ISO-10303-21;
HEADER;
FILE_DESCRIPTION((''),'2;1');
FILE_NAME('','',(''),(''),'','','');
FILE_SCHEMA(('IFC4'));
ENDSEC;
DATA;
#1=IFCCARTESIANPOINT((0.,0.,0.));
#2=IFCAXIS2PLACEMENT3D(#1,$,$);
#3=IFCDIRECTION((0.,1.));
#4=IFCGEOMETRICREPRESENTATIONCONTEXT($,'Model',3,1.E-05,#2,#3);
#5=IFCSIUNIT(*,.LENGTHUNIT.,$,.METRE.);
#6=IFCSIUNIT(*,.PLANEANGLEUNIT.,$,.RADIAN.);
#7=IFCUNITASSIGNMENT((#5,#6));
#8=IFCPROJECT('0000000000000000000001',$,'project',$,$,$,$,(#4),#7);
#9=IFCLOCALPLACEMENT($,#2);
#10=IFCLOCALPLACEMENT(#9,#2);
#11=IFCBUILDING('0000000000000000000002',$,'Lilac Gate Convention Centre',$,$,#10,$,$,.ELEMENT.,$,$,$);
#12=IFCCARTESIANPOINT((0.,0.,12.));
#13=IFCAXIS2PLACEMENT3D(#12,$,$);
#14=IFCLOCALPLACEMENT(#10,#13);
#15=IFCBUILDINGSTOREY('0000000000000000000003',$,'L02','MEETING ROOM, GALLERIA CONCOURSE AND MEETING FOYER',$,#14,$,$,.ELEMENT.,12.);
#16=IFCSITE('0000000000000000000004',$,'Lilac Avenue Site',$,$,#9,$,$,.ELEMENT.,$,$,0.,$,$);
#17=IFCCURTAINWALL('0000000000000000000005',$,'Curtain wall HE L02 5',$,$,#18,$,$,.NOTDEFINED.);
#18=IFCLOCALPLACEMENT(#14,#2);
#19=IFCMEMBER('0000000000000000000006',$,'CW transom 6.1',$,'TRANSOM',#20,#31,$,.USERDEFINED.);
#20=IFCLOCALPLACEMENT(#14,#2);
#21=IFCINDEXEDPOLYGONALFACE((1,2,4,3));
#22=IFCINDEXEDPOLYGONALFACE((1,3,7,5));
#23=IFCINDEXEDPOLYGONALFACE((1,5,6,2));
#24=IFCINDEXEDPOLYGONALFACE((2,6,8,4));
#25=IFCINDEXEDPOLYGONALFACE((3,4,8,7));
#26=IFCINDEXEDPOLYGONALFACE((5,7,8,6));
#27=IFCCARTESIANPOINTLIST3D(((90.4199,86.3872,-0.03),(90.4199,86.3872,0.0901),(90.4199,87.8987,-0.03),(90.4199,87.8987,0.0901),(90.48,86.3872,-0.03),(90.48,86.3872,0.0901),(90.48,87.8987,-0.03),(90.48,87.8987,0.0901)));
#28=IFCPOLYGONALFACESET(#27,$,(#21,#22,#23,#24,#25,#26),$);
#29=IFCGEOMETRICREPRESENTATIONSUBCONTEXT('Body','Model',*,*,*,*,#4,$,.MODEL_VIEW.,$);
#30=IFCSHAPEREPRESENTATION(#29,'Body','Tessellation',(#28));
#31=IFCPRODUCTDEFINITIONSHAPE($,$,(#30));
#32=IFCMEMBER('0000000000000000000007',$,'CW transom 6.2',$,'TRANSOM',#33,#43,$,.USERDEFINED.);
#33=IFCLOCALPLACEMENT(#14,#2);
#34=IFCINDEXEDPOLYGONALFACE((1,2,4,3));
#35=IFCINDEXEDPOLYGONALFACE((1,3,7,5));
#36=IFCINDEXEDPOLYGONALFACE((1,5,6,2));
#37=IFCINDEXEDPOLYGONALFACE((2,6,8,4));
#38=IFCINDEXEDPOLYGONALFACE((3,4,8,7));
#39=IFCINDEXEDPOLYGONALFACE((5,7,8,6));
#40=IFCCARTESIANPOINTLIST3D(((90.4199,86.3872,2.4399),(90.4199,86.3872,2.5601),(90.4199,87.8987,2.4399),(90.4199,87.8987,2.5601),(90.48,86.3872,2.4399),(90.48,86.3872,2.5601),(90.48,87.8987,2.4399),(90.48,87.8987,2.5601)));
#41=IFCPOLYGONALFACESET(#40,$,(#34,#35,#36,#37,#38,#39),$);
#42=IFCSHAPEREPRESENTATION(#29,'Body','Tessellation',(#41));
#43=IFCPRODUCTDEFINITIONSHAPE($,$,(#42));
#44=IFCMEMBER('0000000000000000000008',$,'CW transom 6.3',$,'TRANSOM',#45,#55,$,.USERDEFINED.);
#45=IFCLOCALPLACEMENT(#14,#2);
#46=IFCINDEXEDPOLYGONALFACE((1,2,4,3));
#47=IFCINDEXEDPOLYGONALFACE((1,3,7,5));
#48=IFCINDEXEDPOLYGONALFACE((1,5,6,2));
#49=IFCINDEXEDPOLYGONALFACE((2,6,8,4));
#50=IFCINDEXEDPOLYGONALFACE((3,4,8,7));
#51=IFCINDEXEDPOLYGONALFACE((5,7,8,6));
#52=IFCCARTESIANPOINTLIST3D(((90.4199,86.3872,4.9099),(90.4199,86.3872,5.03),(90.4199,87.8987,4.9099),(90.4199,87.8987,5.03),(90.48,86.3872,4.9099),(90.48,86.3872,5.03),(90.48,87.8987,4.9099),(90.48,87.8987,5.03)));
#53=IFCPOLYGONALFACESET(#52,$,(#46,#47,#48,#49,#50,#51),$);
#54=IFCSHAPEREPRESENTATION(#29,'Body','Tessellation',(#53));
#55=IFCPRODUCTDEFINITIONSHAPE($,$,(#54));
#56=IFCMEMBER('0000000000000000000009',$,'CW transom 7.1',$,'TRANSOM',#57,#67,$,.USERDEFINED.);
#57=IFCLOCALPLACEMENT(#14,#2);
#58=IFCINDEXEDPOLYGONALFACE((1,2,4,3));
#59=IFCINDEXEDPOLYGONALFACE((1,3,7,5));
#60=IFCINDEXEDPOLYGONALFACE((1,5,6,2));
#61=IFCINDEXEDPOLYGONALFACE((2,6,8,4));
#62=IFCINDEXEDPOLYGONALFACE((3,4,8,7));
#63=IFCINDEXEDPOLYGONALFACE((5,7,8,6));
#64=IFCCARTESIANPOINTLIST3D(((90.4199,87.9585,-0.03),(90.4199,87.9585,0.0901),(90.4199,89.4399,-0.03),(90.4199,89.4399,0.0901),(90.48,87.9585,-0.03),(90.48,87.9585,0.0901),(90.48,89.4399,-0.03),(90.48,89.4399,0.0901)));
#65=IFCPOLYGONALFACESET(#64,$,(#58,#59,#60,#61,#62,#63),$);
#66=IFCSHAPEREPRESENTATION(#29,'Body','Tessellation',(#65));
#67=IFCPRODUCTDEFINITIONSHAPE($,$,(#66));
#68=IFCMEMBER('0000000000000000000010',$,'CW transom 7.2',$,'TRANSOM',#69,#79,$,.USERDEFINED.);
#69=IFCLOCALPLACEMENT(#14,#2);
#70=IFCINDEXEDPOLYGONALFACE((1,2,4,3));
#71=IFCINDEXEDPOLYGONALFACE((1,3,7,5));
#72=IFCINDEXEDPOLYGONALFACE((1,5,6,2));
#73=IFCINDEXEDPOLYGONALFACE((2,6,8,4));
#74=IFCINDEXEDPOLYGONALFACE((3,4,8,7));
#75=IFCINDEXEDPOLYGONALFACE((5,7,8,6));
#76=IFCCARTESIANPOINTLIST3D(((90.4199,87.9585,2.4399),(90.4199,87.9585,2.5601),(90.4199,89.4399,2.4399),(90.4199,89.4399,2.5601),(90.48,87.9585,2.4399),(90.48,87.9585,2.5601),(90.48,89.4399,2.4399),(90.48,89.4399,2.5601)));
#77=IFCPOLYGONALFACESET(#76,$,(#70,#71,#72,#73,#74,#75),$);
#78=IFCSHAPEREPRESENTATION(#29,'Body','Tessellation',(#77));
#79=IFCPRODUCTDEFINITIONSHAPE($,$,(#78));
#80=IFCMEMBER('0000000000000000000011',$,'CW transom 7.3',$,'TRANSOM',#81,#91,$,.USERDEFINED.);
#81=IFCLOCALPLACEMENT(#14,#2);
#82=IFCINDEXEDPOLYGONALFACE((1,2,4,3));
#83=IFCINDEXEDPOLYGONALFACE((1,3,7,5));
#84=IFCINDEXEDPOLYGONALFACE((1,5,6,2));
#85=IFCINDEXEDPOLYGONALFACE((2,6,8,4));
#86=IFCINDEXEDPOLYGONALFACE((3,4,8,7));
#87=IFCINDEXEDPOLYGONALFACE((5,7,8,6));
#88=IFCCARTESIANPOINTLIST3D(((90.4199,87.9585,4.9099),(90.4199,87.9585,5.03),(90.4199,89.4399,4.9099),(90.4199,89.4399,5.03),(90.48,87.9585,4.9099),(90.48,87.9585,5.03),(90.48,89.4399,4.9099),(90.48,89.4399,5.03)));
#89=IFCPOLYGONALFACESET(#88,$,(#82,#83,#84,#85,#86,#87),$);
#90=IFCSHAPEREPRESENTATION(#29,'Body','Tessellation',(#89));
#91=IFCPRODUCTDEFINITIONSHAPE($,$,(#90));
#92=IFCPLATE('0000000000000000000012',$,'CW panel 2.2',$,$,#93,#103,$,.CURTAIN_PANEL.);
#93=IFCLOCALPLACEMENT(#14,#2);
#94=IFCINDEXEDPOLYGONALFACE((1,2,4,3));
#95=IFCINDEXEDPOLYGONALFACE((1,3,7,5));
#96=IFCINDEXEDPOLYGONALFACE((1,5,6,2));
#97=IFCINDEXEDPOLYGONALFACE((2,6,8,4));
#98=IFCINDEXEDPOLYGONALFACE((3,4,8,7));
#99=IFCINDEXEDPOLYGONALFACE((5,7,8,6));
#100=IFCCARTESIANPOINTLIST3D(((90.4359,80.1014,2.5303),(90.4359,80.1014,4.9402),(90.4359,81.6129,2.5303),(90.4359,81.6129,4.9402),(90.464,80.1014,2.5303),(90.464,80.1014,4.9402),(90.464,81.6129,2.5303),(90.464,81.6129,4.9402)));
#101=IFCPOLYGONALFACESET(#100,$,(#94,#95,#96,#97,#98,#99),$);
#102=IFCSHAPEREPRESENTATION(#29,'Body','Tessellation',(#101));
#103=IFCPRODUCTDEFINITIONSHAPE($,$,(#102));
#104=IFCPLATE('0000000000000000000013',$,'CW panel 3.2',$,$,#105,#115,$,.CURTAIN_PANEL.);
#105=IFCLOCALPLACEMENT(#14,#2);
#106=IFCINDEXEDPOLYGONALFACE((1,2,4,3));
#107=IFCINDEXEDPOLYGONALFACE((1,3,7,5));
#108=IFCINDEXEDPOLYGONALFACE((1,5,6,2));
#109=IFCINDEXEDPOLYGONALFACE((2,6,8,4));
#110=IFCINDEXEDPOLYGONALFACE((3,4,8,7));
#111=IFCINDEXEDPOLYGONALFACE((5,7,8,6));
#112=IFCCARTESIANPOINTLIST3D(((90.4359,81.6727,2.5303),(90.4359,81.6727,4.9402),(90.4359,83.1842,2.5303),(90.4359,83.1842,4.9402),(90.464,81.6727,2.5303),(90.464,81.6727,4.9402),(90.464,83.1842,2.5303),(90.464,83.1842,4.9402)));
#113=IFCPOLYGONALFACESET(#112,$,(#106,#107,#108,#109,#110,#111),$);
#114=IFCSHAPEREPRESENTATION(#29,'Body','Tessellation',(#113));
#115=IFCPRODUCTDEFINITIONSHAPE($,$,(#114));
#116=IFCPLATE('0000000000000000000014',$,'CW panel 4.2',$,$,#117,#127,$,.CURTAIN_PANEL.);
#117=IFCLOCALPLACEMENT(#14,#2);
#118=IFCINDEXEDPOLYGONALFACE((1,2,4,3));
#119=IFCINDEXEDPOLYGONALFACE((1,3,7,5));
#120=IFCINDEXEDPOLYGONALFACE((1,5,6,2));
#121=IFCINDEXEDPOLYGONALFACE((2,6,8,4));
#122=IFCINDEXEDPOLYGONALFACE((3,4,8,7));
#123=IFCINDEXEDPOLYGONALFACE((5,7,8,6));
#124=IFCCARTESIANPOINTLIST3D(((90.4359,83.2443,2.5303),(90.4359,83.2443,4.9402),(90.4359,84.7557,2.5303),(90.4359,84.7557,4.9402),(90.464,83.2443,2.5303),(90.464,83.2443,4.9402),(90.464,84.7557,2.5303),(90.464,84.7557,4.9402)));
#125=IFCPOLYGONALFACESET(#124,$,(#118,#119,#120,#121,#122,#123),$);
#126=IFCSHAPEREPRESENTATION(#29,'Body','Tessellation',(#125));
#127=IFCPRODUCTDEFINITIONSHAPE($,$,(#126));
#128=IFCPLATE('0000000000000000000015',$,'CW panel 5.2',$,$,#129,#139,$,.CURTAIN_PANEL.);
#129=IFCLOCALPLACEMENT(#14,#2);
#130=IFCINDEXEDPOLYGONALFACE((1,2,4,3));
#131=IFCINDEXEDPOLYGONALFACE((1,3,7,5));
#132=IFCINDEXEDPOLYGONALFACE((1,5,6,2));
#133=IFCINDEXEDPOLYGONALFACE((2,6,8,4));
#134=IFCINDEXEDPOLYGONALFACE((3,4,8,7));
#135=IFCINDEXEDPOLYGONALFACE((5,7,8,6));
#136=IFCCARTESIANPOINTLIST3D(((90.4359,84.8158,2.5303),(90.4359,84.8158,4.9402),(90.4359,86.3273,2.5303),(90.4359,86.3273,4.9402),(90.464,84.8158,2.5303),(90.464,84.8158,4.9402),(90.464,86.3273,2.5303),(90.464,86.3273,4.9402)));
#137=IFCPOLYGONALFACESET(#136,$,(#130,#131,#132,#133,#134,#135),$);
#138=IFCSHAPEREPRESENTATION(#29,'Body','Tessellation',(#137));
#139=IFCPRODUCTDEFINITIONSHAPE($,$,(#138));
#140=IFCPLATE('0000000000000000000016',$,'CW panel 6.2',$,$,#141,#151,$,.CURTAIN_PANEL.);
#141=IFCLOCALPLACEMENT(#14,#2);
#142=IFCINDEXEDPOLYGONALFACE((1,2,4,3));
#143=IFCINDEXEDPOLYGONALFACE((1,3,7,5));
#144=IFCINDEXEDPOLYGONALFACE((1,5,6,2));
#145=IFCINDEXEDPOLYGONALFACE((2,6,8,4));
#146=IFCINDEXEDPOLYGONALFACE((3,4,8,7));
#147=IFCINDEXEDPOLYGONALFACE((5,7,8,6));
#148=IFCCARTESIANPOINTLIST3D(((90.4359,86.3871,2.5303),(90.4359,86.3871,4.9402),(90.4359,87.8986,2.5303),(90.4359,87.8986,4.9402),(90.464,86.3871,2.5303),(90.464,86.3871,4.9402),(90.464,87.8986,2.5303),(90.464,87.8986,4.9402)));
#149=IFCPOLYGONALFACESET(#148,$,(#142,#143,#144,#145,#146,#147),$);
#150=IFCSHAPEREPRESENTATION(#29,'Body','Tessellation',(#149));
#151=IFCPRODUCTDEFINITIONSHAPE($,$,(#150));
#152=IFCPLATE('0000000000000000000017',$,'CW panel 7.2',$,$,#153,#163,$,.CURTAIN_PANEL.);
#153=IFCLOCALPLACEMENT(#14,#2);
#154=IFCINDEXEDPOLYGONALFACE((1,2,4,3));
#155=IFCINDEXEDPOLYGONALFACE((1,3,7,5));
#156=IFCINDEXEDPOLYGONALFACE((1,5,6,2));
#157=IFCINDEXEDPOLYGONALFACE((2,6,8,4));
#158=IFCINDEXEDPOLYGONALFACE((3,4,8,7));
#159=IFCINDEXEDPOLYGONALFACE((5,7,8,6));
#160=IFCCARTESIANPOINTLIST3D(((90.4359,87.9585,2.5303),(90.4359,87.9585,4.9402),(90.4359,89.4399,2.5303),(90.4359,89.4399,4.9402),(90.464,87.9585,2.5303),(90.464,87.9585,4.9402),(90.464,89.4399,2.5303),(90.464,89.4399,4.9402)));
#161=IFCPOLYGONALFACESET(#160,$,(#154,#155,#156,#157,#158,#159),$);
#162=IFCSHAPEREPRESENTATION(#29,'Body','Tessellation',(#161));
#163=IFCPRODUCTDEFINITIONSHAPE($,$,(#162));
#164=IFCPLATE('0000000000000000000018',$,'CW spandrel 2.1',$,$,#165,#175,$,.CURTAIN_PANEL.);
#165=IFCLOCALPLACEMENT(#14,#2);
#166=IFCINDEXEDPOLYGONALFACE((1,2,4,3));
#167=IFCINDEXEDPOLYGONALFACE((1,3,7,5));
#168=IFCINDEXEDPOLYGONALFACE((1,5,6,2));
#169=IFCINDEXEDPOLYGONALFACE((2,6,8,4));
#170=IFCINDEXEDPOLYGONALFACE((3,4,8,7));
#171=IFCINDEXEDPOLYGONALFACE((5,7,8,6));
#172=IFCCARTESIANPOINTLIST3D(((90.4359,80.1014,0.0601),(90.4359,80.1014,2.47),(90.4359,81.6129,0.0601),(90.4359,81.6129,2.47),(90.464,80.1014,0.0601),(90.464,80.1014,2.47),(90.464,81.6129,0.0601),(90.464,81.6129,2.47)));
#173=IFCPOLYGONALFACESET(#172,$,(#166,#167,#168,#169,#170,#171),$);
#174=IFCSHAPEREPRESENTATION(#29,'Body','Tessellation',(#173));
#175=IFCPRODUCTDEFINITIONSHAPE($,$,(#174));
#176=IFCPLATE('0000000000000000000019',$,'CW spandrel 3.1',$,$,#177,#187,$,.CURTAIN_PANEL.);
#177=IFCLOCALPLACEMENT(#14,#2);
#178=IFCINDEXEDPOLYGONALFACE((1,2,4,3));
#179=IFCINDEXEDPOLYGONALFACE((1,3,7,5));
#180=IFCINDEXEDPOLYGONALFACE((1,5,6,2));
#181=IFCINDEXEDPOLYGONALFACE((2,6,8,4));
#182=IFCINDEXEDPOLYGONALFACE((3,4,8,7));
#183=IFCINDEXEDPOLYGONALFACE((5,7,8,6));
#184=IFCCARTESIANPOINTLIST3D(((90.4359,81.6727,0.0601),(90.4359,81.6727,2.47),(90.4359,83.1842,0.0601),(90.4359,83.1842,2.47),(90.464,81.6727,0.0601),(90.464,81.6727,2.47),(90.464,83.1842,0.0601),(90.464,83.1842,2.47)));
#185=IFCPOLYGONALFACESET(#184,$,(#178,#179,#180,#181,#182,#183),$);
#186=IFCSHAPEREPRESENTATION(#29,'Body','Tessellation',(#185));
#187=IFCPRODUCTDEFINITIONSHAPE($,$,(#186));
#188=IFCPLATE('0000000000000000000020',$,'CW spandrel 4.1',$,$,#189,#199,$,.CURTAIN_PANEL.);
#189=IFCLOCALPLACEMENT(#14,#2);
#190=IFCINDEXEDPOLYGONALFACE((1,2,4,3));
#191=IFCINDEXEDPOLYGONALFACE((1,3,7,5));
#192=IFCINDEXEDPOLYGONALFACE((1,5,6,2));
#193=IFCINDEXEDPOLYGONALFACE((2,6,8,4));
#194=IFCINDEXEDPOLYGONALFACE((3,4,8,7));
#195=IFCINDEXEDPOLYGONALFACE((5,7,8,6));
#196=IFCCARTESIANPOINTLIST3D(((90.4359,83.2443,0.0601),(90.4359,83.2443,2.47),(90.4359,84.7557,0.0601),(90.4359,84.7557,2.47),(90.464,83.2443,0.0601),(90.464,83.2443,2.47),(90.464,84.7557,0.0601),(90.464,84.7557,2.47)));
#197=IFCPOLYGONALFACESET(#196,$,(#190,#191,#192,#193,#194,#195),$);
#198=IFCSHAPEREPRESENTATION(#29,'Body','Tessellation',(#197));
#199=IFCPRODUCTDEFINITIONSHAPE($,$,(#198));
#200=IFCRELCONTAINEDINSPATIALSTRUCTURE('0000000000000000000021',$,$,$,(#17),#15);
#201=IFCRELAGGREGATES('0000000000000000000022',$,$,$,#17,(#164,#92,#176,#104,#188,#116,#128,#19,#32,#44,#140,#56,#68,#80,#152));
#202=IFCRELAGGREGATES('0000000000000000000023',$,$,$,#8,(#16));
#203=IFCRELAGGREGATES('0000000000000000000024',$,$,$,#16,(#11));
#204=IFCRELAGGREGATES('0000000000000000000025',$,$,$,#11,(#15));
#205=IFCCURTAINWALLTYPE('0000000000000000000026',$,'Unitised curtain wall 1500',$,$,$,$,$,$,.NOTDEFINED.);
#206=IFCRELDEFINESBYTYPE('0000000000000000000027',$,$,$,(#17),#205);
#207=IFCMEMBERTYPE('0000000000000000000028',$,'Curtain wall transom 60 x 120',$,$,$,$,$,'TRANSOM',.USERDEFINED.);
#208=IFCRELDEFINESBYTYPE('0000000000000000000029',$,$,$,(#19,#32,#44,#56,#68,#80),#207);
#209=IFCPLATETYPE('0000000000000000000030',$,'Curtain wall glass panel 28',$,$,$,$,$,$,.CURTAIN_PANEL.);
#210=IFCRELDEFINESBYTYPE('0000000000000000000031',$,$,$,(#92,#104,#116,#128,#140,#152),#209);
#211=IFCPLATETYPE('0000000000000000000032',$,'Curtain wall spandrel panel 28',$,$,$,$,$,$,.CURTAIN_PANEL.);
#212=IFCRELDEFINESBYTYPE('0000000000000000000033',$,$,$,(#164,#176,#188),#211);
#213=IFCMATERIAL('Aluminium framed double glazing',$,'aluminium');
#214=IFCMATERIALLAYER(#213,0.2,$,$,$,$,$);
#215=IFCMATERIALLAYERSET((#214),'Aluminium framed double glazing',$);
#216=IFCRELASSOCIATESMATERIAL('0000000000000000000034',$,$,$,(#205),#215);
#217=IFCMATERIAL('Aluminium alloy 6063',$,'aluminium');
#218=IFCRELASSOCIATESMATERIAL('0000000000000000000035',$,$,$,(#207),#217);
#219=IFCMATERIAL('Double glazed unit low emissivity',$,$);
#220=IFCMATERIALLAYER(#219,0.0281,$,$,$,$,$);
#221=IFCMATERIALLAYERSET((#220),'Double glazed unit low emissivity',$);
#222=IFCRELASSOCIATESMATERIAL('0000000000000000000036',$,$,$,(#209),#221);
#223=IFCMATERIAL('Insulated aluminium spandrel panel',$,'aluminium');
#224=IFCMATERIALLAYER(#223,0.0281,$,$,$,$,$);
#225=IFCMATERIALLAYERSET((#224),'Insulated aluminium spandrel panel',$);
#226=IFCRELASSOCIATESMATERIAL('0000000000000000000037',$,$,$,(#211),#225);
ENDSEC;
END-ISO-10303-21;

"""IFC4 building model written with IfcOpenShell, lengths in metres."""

from ifc_helpers import new_model, si_unit, direction, frame, origin, origin_2d, place, context, subcontext, project, spatial, rectangle, extrude, material, layer, layer_set, material_profile, profile_set, type_object, element, aggregate, save


model = new_model("IFC4")

# Units and contexts
model_context = context("Model", 3, precision=1e-05, world=origin(), true_north=direction((0.0, 1.0)))
body_context = subcontext(model_context, "Body", "Model", "MODEL_VIEW")
ifc_project = project(units=[si_unit("LENGTHUNIT", "METRE"), si_unit("PLANEANGLEUNIT", "RADIAN")], contexts=[model_context])

# Site, building, storey
site_placement = place(None, origin())
site = spatial("IfcSite", under=ifc_project, at=site_placement, Name="Lilac Avenue Site", CompositionType="ELEMENT", RefElevation=0.0)
building_placement = place(site_placement, origin())
building = spatial("IfcBuilding", under=site, at=building_placement, Name="Lilac Gate Convention Centre", CompositionType="ELEMENT")
storey_placement = place(building_placement, frame((0.0, 0.0, 12.0)))
storey = spatial("IfcBuildingStorey", under=building, at=storey_placement, Name="L02", Description="MEETING ROOM, GALLERIA CONCOURSE AND MEETING FOYER", CompositionType="ELEMENT", Elevation=12.0)

# Curtain wall, members, plates
ifc_material_1 = material(Name="Aluminium framed double glazing", Category="aluminium")
ifc_layer_1 = layer(ifc_material_1, 0.2)
ifc_layer_set_1 = layer_set([ifc_layer_1], Name="Aluminium framed double glazing")
curtain_wall_type = type_object("IfcCurtainWallType", Name="Unitised curtain wall 1500", PredefinedType="NOTDEFINED", material=ifc_layer_set_1)
curtain_wall_placement = place(storey_placement, origin())
curtain_wall = element("IfcCurtainWall", 1, at=curtain_wall_placement, inside=storey, type_object=curtain_wall_type, Name="Curtain wall HE L02 5", PredefinedType="NOTDEFINED")
ifc_material_2 = material(Name="Aluminium alloy 6063", Category="aluminium")
ifc_material_profile_1 = material_profile(ifc_material_2, rectangle(XDim=0.0601, YDim=0.1201, at=origin_2d()), Name="Curtain wall transom 60 x 120")
ifc_profile_set_1 = profile_set([ifc_material_profile_1], Name="Aluminium alloy 6063")
member_type_1 = type_object("IfcMemberType", Name="Curtain wall transom 60 x 120", ElementType="TRANSOM", PredefinedType="USERDEFINED", material=ifc_profile_set_1)
member_1_placement = place(storey_placement, frame((90.45, 86.3872, 0.03), z_axis=(0.0, 1.0, 0.0), x_axis=(-1.0, 0.0, 0.0)))
member_1 = element("IfcMember", 2, at=member_1_placement, type_object=member_type_1, Name="CW transom 6.1", ObjectType="TRANSOM", PredefinedType="USERDEFINED", context=body_context, shape_type="SweptSolid", body=[
    extrude(rectangle(XDim=0.0601, YDim=0.1201, at=origin_2d()), origin(), (0.0, 0.0, 1.0), 1.5115),
])
member_2_placement = place(storey_placement, frame((90.45, 86.3872, 2.5), z_axis=(0.0, 1.0, 0.0), x_axis=(-1.0, 0.0, 0.0)))
member_2 = element("IfcMember", 3, at=member_2_placement, type_object=member_type_1, Name="CW transom 6.2", ObjectType="TRANSOM", PredefinedType="USERDEFINED", context=body_context, shape_type="SweptSolid", body=[
    extrude(rectangle(XDim=0.0601, YDim=0.1201, at=origin_2d()), origin(), (0.0, 0.0, 1.0), 1.5115),
])
member_3_placement = place(storey_placement, frame((90.45, 86.3872, 4.97), z_axis=(0.0, 1.0, 0.0), x_axis=(-1.0, 0.0, 0.0)))
member_3 = element("IfcMember", 4, at=member_3_placement, type_object=member_type_1, Name="CW transom 6.3", ObjectType="TRANSOM", PredefinedType="USERDEFINED", context=body_context, shape_type="SweptSolid", body=[
    extrude(rectangle(XDim=0.0601, YDim=0.1201, at=origin_2d()), origin(), (0.0, 0.0, 1.0), 1.5115),
])
member_4_placement = place(storey_placement, frame((90.45, 87.9585, 0.03), z_axis=(0.0, 1.0, 0.0), x_axis=(-1.0, 0.0, 0.0)))
member_4 = element("IfcMember", 5, at=member_4_placement, type_object=member_type_1, Name="CW transom 7.1", ObjectType="TRANSOM", PredefinedType="USERDEFINED", context=body_context, shape_type="SweptSolid", body=[
    extrude(rectangle(XDim=0.0601, YDim=0.1201, at=origin_2d()), origin(), (0.0, 0.0, 1.0), 1.4814),
])
member_5_placement = place(storey_placement, frame((90.45, 87.9585, 2.5), z_axis=(0.0, 1.0, 0.0), x_axis=(-1.0, 0.0, 0.0)))
member_5 = element("IfcMember", 6, at=member_5_placement, type_object=member_type_1, Name="CW transom 7.2", ObjectType="TRANSOM", PredefinedType="USERDEFINED", context=body_context, shape_type="SweptSolid", body=[
    extrude(rectangle(XDim=0.0601, YDim=0.1201, at=origin_2d()), origin(), (0.0, 0.0, 1.0), 1.4814),
])
member_6_placement = place(storey_placement, frame((90.45, 87.9585, 4.97), z_axis=(0.0, 1.0, 0.0), x_axis=(-1.0, 0.0, 0.0)))
member_6 = element("IfcMember", 7, at=member_6_placement, type_object=member_type_1, Name="CW transom 7.3", ObjectType="TRANSOM", PredefinedType="USERDEFINED", context=body_context, shape_type="SweptSolid", body=[
    extrude(rectangle(XDim=0.0601, YDim=0.1201, at=origin_2d()), origin(), (0.0, 0.0, 1.0), 1.4814),
])
ifc_material_3 = material(Name="Double glazed unit low emissivity")
ifc_layer_2 = layer(ifc_material_3, 0.0281)
ifc_layer_set_2 = layer_set([ifc_layer_2], Name="Double glazed unit low emissivity")
plate_type_1 = type_object("IfcPlateType", Name="Curtain wall glass panel 28", PredefinedType="CURTAIN_PANEL", material=ifc_layer_set_2)
plate_1_placement = place(storey_placement, frame((90.45, 80.8572, 2.5303), z_axis=(0.0, 0.0, 1.0), x_axis=(0.0, 1.0, 0.0)))
plate_1 = element("IfcPlate", 8, at=plate_1_placement, type_object=plate_type_1, Name="CW panel 2.2", PredefinedType="CURTAIN_PANEL", context=body_context, shape_type="SweptSolid", body=[
    extrude(rectangle(XDim=1.5115, YDim=0.0281, at=origin_2d()), origin(), (0.0, 0.0, 1.0), 2.4099),
])
plate_2_placement = place(storey_placement, frame((90.45, 82.4285, 2.5303), z_axis=(0.0, 0.0, 1.0), x_axis=(0.0, 1.0, 0.0)))
plate_2 = element("IfcPlate", 9, at=plate_2_placement, type_object=plate_type_1, Name="CW panel 3.2", PredefinedType="CURTAIN_PANEL", context=body_context, shape_type="SweptSolid", body=[
    extrude(rectangle(XDim=1.5115, YDim=0.0281, at=origin_2d()), origin(), (0.0, 0.0, 1.0), 2.4099),
])
plate_3_placement = place(storey_placement, frame((90.45, 84.0, 2.5303), z_axis=(0.0, 0.0, 1.0), x_axis=(0.0, 1.0, 0.0)))
plate_3 = element("IfcPlate", 10, at=plate_3_placement, type_object=plate_type_1, Name="CW panel 4.2", PredefinedType="CURTAIN_PANEL", context=body_context, shape_type="SweptSolid", body=[
    extrude(rectangle(XDim=1.5115, YDim=0.0281, at=origin_2d()), origin(), (0.0, 0.0, 1.0), 2.4099),
])
plate_4_placement = place(storey_placement, frame((90.45, 85.5715, 2.5303), z_axis=(0.0, 0.0, 1.0), x_axis=(0.0, 1.0, 0.0)))
plate_4 = element("IfcPlate", 11, at=plate_4_placement, type_object=plate_type_1, Name="CW panel 5.2", PredefinedType="CURTAIN_PANEL", context=body_context, shape_type="SweptSolid", body=[
    extrude(rectangle(XDim=1.5115, YDim=0.0281, at=origin_2d()), origin(), (0.0, 0.0, 1.0), 2.4099),
])
plate_5_placement = place(storey_placement, frame((90.45, 87.1428, 2.5303), z_axis=(0.0, 0.0, 1.0), x_axis=(0.0, 1.0, 0.0)))
plate_5 = element("IfcPlate", 12, at=plate_5_placement, type_object=plate_type_1, Name="CW panel 6.2", PredefinedType="CURTAIN_PANEL", context=body_context, shape_type="SweptSolid", body=[
    extrude(rectangle(XDim=1.5115, YDim=0.0281, at=origin_2d()), origin(), (0.0, 0.0, 1.0), 2.4099),
])
plate_6_placement = place(storey_placement, frame((90.45, 88.6992, 2.5303), z_axis=(0.0, 0.0, 1.0), x_axis=(0.0, 1.0, 0.0)))
plate_6 = element("IfcPlate", 13, at=plate_6_placement, type_object=plate_type_1, Name="CW panel 7.2", PredefinedType="CURTAIN_PANEL", context=body_context, shape_type="SweptSolid", body=[
    extrude(rectangle(XDim=1.4814, YDim=0.0281, at=origin_2d()), origin(), (0.0, 0.0, 1.0), 2.4099),
])
ifc_material_4 = material(Name="Insulated aluminium spandrel panel", Category="aluminium")
ifc_layer_3 = layer(ifc_material_4, 0.0281)
ifc_layer_set_3 = layer_set([ifc_layer_3], Name="Insulated aluminium spandrel panel")
plate_type_2 = type_object("IfcPlateType", Name="Curtain wall spandrel panel 28", PredefinedType="CURTAIN_PANEL", material=ifc_layer_set_3)
plate_7_placement = place(storey_placement, frame((90.45, 80.8572, 0.0601), z_axis=(0.0, 0.0, 1.0), x_axis=(0.0, 1.0, 0.0)))
plate_7 = element("IfcPlate", 14, at=plate_7_placement, type_object=plate_type_2, Name="CW spandrel 2.1", PredefinedType="CURTAIN_PANEL", context=body_context, shape_type="SweptSolid", body=[
    extrude(rectangle(XDim=1.5115, YDim=0.0281, at=origin_2d()), origin(), (0.0, 0.0, 1.0), 2.4099),
])
plate_8_placement = place(storey_placement, frame((90.45, 82.4285, 0.0601), z_axis=(0.0, 0.0, 1.0), x_axis=(0.0, 1.0, 0.0)))
plate_8 = element("IfcPlate", 15, at=plate_8_placement, type_object=plate_type_2, Name="CW spandrel 3.1", PredefinedType="CURTAIN_PANEL", context=body_context, shape_type="SweptSolid", body=[
    extrude(rectangle(XDim=1.5115, YDim=0.0281, at=origin_2d()), origin(), (0.0, 0.0, 1.0), 2.4099),
])
plate_9_placement = place(storey_placement, frame((90.45, 84.0, 0.0601), z_axis=(0.0, 0.0, 1.0), x_axis=(0.0, 1.0, 0.0)))
plate_9 = element("IfcPlate", 16, at=plate_9_placement, type_object=plate_type_2, Name="CW spandrel 4.1", PredefinedType="CURTAIN_PANEL", context=body_context, shape_type="SweptSolid", body=[
    extrude(rectangle(XDim=1.5115, YDim=0.0281, at=origin_2d()), origin(), (0.0, 0.0, 1.0), 2.4099),
])
aggregate(curtain_wall, [plate_7, plate_1, plate_8, plate_2, plate_9, plate_3, plate_4, member_1, member_2, member_3, plate_5, member_4, member_5, member_6, plate_6])

save(model, "model.ifc")
